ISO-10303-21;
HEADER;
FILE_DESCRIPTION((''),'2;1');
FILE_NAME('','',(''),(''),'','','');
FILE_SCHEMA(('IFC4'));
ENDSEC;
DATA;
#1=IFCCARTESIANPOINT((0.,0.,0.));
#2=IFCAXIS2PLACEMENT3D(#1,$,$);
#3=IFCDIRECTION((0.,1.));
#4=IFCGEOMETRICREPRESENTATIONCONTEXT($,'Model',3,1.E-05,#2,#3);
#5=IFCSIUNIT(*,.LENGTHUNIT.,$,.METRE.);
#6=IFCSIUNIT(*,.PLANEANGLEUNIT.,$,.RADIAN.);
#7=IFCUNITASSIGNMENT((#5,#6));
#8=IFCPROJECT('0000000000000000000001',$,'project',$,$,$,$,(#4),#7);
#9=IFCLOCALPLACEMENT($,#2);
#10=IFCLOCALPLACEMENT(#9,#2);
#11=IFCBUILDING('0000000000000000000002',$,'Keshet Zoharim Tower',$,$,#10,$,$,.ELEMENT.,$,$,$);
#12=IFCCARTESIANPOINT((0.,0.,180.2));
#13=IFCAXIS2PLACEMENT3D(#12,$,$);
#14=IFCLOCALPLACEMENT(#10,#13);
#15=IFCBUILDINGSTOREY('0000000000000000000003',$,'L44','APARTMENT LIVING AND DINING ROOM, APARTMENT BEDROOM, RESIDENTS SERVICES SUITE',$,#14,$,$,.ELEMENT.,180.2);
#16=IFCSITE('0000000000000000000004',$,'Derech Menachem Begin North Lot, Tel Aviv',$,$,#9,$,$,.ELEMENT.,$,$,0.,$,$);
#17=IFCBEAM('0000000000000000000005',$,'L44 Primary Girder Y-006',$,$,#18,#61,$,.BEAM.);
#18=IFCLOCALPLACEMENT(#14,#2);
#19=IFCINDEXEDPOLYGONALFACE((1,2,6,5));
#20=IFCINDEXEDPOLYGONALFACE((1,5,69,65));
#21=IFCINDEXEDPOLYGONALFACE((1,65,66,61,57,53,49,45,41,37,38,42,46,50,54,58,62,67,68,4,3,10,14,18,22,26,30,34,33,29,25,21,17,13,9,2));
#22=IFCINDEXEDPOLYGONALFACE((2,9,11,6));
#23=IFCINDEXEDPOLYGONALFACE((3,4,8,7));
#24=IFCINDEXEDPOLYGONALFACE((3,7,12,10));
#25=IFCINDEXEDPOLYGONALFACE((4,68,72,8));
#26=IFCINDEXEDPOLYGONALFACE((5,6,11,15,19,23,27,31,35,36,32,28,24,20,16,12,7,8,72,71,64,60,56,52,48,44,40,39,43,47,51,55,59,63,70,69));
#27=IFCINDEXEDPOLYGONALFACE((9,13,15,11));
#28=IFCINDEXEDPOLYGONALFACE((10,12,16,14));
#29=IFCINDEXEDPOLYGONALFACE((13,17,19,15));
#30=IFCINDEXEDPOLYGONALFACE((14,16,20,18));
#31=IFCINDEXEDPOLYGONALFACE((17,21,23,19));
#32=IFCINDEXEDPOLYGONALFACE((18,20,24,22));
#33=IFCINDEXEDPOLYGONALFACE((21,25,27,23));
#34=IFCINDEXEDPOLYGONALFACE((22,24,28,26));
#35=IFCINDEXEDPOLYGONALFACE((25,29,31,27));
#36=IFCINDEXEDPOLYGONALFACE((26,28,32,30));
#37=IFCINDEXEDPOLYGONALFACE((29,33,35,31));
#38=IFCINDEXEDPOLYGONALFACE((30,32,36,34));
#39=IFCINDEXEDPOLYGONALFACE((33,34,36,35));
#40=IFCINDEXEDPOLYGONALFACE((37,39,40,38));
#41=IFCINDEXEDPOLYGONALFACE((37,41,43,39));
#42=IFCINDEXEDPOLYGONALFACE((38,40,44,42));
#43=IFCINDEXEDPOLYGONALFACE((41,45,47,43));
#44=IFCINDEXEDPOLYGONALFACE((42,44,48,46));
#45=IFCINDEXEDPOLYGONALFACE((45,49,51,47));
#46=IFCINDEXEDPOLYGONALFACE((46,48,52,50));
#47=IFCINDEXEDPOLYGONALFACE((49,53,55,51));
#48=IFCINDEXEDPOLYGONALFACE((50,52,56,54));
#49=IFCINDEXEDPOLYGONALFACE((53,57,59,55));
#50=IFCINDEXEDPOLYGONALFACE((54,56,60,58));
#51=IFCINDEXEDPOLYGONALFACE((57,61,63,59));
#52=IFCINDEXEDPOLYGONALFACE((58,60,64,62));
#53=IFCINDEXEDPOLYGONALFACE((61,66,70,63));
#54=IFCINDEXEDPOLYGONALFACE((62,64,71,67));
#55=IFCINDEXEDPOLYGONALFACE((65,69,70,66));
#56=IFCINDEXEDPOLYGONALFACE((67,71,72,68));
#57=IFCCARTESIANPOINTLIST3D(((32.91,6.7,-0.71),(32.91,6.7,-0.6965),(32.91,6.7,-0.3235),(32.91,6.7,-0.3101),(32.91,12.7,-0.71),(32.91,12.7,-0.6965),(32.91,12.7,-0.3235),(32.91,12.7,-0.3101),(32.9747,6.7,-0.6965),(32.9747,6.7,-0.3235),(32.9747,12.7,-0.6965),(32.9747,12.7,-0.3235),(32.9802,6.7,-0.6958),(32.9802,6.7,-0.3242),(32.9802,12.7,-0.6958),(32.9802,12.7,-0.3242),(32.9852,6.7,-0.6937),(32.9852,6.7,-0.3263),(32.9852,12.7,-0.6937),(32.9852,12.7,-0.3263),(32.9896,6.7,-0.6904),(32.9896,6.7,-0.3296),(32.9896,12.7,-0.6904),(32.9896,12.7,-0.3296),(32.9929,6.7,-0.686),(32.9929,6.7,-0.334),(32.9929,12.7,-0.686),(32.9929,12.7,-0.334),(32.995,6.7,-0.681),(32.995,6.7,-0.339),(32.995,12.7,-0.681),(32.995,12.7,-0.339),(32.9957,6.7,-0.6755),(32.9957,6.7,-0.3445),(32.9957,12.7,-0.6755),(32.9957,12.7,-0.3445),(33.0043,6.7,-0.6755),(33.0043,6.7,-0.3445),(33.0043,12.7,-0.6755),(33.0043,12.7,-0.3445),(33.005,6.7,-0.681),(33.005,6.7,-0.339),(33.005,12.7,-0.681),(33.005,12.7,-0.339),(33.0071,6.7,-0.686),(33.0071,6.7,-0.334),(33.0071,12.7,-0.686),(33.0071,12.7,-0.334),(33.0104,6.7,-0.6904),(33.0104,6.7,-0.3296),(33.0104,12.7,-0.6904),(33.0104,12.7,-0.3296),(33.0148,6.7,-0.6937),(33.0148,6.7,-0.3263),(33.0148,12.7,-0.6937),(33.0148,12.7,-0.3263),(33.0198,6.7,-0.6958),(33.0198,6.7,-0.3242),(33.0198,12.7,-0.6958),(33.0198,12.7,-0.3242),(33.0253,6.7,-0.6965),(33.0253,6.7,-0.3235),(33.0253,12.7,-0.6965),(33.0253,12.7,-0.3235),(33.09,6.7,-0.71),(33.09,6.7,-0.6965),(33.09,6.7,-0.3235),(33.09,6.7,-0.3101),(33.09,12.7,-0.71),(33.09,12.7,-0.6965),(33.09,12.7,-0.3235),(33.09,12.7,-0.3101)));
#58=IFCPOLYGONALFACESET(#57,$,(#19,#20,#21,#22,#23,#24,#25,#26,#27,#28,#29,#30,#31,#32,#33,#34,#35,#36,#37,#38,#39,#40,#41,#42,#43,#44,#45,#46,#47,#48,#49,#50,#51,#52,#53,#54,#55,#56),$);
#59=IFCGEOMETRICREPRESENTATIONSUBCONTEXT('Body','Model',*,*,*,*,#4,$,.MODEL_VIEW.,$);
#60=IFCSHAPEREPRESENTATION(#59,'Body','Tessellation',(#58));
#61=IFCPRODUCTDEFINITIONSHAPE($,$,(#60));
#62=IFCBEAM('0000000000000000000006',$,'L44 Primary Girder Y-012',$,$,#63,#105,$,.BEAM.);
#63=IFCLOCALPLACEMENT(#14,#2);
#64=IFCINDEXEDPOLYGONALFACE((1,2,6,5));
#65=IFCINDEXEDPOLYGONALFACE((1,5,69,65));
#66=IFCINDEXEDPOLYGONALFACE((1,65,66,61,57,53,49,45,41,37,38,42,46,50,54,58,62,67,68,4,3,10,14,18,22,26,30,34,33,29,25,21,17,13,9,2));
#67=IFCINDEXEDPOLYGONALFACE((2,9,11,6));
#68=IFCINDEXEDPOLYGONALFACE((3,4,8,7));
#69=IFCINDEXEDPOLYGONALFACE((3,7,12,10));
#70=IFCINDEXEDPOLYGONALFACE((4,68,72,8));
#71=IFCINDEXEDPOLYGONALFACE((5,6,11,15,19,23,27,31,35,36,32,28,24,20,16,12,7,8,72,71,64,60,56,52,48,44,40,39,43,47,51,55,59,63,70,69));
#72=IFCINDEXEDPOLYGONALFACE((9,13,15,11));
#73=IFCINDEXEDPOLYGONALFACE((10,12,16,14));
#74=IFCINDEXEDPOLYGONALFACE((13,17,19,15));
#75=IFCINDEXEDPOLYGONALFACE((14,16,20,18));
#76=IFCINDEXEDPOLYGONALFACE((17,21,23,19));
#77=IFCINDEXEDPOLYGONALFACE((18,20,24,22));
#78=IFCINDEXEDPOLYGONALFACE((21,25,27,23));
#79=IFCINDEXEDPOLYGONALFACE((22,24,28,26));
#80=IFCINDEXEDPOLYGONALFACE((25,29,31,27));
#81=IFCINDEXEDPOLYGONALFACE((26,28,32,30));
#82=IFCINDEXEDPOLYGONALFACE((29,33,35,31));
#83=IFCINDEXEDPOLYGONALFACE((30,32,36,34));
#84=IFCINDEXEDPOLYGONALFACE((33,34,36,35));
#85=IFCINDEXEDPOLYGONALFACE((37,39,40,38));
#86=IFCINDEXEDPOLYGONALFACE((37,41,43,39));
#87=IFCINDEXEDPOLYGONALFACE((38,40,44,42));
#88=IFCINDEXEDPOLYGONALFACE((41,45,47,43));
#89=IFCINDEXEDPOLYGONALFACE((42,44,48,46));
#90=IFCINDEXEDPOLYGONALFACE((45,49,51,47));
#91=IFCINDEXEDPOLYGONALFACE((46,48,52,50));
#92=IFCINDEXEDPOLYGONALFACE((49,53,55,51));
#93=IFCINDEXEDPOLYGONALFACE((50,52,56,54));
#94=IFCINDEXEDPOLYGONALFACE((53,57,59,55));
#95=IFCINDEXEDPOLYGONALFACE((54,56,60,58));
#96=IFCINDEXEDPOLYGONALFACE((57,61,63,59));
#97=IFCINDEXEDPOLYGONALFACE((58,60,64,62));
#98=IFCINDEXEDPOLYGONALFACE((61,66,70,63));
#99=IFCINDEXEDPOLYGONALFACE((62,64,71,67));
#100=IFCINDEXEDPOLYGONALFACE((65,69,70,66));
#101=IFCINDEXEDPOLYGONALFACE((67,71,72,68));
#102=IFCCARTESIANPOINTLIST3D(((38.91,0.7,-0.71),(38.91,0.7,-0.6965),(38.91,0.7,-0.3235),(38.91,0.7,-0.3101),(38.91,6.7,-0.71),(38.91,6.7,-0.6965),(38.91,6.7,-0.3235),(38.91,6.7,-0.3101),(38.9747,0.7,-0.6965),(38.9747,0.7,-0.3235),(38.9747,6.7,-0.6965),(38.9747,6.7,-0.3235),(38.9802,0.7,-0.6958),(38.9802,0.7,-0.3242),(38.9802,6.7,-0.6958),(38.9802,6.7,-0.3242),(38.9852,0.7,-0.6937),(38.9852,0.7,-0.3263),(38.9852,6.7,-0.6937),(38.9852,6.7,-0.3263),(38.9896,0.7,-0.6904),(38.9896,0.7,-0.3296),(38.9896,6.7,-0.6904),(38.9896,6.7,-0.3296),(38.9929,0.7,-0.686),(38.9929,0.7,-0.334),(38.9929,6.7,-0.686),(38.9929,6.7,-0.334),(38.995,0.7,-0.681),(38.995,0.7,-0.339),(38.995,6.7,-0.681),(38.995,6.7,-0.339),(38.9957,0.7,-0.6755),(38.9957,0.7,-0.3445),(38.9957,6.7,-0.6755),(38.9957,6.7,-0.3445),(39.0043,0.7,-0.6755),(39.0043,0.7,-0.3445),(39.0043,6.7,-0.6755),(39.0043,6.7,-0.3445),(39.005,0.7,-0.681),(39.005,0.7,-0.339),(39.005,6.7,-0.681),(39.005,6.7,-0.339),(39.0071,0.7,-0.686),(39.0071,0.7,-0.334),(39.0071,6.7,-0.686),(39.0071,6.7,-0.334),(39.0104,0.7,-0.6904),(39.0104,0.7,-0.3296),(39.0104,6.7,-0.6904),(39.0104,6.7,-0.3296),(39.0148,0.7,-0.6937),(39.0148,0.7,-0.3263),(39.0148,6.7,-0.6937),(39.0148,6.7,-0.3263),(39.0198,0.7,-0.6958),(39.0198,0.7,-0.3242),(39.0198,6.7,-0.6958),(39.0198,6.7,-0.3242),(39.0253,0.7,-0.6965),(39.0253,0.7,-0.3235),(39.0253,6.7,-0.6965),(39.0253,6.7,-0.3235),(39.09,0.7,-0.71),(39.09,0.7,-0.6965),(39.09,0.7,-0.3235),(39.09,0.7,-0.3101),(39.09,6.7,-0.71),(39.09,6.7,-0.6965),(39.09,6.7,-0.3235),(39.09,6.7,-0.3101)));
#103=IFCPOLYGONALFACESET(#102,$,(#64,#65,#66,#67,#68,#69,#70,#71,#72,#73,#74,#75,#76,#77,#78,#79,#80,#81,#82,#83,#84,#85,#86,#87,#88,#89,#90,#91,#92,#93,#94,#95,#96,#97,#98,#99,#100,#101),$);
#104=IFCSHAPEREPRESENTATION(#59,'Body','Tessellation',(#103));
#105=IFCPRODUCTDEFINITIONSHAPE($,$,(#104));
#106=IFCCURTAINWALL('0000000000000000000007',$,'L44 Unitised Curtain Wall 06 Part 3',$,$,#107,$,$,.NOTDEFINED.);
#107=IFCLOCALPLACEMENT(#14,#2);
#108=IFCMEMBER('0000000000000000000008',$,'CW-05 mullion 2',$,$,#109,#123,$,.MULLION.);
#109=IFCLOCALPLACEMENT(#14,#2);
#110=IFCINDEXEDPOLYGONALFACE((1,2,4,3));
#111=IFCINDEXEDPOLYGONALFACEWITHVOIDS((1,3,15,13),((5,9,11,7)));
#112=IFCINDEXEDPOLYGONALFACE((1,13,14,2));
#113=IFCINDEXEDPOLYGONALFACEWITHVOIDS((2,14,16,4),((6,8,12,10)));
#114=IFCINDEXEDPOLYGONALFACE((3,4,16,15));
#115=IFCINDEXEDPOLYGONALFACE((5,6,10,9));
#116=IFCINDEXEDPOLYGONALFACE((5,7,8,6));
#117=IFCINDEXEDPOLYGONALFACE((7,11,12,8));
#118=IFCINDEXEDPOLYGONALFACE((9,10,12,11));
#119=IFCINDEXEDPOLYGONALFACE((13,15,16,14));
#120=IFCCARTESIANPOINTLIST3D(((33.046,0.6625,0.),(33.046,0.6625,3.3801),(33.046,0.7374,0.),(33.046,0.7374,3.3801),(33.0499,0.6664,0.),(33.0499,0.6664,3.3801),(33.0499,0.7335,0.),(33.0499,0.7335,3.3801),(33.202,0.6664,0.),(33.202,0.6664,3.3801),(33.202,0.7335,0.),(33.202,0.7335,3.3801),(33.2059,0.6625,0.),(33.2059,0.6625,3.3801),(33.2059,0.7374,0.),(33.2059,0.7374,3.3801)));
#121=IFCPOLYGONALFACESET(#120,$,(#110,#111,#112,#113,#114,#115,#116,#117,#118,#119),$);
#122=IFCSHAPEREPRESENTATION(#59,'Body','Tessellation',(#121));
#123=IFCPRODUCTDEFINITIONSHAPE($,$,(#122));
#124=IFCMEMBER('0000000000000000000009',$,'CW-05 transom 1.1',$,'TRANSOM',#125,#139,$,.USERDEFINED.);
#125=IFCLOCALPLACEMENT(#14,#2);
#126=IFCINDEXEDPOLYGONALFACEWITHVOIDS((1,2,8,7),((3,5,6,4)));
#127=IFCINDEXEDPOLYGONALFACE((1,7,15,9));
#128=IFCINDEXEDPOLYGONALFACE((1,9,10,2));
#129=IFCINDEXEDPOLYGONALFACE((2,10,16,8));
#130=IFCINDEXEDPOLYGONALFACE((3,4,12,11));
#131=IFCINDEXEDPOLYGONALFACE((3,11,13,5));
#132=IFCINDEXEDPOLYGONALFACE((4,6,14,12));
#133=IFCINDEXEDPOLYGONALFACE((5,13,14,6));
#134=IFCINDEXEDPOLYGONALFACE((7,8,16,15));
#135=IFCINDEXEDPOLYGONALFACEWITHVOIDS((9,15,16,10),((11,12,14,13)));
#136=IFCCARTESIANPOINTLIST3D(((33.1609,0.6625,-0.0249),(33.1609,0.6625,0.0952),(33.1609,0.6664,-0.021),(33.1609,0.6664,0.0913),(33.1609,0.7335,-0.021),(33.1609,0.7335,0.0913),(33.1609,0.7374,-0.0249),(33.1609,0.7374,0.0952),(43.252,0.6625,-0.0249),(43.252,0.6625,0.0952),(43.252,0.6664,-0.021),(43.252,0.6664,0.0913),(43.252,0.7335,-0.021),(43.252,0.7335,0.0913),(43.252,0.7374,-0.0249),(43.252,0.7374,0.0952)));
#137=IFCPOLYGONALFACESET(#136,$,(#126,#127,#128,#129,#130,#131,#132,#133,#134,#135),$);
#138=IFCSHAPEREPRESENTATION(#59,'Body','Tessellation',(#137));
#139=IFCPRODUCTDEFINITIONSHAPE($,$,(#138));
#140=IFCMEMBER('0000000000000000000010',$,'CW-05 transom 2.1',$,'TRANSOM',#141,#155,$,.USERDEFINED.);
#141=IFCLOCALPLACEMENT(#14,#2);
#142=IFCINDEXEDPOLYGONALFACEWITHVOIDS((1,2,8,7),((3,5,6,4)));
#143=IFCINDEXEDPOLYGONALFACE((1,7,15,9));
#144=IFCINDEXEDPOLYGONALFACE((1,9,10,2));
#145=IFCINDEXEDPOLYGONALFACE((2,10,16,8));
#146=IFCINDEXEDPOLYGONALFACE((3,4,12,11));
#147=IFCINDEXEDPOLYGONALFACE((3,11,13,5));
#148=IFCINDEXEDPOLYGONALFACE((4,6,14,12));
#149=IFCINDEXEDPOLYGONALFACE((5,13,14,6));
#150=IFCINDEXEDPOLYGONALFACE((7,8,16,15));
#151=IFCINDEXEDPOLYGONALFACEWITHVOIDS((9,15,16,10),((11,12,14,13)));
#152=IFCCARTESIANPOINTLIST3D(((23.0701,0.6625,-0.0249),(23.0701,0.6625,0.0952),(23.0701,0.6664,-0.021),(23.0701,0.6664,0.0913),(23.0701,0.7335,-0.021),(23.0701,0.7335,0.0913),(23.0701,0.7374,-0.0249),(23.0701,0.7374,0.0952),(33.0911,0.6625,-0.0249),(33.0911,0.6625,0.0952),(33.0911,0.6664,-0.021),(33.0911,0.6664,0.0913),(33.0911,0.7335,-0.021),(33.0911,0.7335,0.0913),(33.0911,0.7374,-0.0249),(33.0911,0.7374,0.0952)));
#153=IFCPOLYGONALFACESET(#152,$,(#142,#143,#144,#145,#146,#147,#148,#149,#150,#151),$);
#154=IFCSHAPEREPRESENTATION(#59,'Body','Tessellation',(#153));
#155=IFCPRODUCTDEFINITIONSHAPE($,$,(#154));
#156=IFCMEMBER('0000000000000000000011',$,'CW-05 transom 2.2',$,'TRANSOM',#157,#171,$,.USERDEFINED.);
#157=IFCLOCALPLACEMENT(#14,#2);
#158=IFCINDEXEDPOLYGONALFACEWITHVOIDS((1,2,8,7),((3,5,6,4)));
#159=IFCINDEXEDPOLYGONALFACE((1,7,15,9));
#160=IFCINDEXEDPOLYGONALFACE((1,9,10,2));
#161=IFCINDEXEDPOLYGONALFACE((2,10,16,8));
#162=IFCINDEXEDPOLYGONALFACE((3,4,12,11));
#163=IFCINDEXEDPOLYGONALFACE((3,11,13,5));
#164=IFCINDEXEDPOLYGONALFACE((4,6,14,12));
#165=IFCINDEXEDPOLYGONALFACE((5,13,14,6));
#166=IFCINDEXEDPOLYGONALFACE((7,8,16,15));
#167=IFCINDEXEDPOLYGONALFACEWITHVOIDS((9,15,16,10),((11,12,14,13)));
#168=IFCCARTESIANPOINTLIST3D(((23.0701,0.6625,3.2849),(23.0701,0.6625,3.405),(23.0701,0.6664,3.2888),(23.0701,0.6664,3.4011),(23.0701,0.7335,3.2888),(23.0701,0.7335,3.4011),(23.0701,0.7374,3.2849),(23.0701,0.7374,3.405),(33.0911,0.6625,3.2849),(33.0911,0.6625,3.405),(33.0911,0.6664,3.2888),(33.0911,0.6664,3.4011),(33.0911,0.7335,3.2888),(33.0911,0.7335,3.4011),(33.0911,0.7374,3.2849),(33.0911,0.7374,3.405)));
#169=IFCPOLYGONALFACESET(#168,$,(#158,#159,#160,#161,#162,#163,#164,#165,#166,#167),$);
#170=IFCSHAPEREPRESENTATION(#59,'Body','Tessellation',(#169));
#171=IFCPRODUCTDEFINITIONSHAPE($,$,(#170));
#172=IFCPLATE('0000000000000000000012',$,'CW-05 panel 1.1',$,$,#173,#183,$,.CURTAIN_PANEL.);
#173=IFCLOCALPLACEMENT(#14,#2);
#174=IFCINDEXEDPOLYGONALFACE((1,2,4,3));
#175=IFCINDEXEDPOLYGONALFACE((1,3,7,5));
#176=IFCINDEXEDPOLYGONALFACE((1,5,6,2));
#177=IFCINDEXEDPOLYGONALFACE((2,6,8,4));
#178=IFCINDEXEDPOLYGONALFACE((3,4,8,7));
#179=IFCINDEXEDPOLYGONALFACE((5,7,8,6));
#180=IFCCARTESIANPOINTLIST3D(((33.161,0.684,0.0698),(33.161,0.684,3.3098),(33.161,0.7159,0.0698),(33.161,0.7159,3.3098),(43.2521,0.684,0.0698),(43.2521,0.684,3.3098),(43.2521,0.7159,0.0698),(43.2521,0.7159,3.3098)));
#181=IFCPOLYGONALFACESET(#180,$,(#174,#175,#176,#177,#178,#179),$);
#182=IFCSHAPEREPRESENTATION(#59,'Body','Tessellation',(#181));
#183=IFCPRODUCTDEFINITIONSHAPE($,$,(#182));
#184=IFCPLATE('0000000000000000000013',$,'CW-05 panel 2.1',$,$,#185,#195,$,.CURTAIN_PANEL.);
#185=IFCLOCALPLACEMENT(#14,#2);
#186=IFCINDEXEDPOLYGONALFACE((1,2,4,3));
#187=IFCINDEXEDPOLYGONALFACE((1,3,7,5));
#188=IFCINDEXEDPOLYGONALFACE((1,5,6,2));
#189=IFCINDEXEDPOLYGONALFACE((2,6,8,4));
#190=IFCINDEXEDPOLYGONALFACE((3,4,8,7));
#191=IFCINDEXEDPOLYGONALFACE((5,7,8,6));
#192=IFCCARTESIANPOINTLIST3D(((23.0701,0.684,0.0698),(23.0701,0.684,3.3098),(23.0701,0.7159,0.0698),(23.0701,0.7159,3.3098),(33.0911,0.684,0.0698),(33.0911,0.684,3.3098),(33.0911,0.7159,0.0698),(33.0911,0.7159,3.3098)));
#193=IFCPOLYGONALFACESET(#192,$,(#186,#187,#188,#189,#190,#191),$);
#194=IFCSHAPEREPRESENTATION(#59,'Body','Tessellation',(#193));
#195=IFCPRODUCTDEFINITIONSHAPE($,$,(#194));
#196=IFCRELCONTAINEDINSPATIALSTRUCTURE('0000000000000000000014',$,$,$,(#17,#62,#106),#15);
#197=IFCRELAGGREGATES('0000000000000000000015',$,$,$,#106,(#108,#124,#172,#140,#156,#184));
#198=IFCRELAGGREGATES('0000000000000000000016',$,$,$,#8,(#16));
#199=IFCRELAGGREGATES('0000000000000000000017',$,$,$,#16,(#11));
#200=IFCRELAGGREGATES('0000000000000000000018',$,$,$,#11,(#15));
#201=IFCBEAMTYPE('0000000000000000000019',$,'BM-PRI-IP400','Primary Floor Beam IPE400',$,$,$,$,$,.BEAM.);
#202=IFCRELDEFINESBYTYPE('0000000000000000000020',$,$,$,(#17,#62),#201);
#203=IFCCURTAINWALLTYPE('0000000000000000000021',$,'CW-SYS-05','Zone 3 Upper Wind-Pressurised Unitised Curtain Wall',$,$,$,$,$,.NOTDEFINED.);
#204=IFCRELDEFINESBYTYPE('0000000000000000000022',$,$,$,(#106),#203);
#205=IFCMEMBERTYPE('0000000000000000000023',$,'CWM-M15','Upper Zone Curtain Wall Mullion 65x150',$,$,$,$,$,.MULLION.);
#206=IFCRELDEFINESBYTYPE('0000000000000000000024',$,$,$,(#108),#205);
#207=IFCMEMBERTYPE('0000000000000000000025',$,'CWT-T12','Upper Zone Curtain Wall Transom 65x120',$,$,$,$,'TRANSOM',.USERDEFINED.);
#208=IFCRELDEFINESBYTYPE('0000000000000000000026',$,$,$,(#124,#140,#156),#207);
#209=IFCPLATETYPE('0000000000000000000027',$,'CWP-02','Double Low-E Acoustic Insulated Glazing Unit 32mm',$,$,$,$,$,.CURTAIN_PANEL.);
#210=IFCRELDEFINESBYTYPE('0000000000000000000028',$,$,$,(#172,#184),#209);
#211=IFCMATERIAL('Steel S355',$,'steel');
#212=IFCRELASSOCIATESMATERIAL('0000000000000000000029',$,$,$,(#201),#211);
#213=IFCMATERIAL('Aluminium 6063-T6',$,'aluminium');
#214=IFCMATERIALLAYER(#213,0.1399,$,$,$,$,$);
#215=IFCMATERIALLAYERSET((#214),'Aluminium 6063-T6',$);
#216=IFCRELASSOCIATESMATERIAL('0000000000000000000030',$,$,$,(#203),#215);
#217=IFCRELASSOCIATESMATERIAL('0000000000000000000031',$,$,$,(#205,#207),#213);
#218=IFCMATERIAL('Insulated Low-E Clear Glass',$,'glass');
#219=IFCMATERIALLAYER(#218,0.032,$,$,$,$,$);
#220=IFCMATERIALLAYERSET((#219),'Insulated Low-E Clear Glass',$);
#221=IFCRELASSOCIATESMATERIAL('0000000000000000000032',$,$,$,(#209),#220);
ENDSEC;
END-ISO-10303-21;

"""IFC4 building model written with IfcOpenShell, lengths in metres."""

from ifc_helpers import new_model, si_unit, direction, frame, origin, origin_2d, place, context, subcontext, project, spatial, rectangle, hollow_rectangle, i_section, extrude, material, layer, layer_set, material_profile, profile_set, type_object, element, aggregate, save


model = new_model("IFC4")

# Units and contexts
model_context = context("Model", 3, precision=1e-05, world=origin(), true_north=direction((0.0, 1.0)))
body_context = subcontext(model_context, "Body", "Model", "MODEL_VIEW")
ifc_project = project(units=[si_unit("LENGTHUNIT", "METRE"), si_unit("PLANEANGLEUNIT", "RADIAN")], contexts=[model_context])

# Site, building, storey
site_placement = place(None, origin())
site = spatial("IfcSite", under=ifc_project, at=site_placement, Name="Derech Menachem Begin North Lot, Tel Aviv", CompositionType="ELEMENT", RefElevation=0.0)
building_placement = place(site_placement, origin())
building = spatial("IfcBuilding", under=site, at=building_placement, Name="Keshet Zoharim Tower", CompositionType="ELEMENT")
storey_placement = place(building_placement, frame((0.0, 0.0, 180.2)))
storey = spatial("IfcBuildingStorey", under=building, at=storey_placement, Name="L44", Description="APARTMENT LIVING AND DINING ROOM, APARTMENT BEDROOM, RESIDENTS SERVICES SUITE", CompositionType="ELEMENT", Elevation=180.2)

# Shared definitions
ifc_material_1 = material(Name="Steel S355", Category="steel")

# Beams
ifc_material_profile_1 = material_profile(ifc_material_1, i_section(OverallWidth=0.1799, OverallDepth=0.3999, WebThickness=0.0085, FlangeThickness=0.0134, FilletRadius=0.021, at=origin_2d()), Name="IPE400")
ifc_profile_set_1 = profile_set([ifc_material_profile_1], Name="Steel S355")
beam_type_1 = type_object("IfcBeamType", Name="BM-PRI-IP400", Description="Primary Floor Beam IPE400", PredefinedType="BEAM", material=ifc_profile_set_1)
for number, where, z_axis, x_axis, name in (
    (1, (33.0, 6.7, -0.51), (0.0, 1.0, 0.0), (-1.0, 0.0, 0.0), "L44 Primary Girder Y-006"),
    (2, (39.0, 0.7, -0.51), (0.0, 1.0, 0.0), (-1.0, 0.0, 0.0), "L44 Primary Girder Y-012"),
):
    element("IfcBeam", number, at=place(storey_placement, frame(where, z_axis=z_axis, x_axis=x_axis)), inside=storey, type_object=beam_type_1, Name=name, PredefinedType="BEAM", context=body_context, shape_type="SweptSolid", body=[
        extrude(i_section(OverallWidth=0.1799, OverallDepth=0.3999, WebThickness=0.0085, FlangeThickness=0.0134, FilletRadius=0.021, at=origin_2d()), origin(), (0.0, 0.0, 1.0), 6.0),
    ])

# Curtain wall, members, plates
ifc_material_2 = material(Name="Aluminium 6063-T6", Category="aluminium")
ifc_layer_1 = layer(ifc_material_2, 0.1399)
ifc_layer_set_1 = layer_set([ifc_layer_1], Name="Aluminium 6063-T6")
curtain_wall_type = type_object("IfcCurtainWallType", Name="CW-SYS-05", Description="Zone 3 Upper Wind-Pressurised Unitised Curtain Wall", PredefinedType="NOTDEFINED", material=ifc_layer_set_1)
curtain_wall_placement = place(storey_placement, origin())
curtain_wall = element("IfcCurtainWall", 3, at=curtain_wall_placement, inside=storey, type_object=curtain_wall_type, Name="L44 Unitised Curtain Wall 06 Part 3", PredefinedType="NOTDEFINED")
ifc_material_profile_2 = material_profile(ifc_material_2, hollow_rectangle(XDim=0.075, YDim=0.1599, WallThickness=0.0039, at=origin_2d()), Name="MUL-75x160")
ifc_profile_set_2 = profile_set([ifc_material_profile_2], Name="Aluminium 6063-T6")
member_type_1 = type_object("IfcMemberType", Name="CWM-M15", Description="Upper Zone Curtain Wall Mullion 65x150", PredefinedType="MULLION", material=ifc_profile_set_2)
member_1_placement = place(storey_placement, frame((33.126, 0.7, 0.0), z_axis=(0.0, 0.0, 1.0), x_axis=(0.0, -1.0, 0.0)))
member_1 = element("IfcMember", 4, at=member_1_placement, type_object=member_type_1, Name="CW-05 mullion 2", PredefinedType="MULLION", context=body_context, shape_type="SweptSolid", body=[
    extrude(hollow_rectangle(XDim=0.075, YDim=0.1599, WallThickness=0.0039, at=origin_2d()), origin(), (0.0, 0.0, 1.0), 3.3801),
])
ifc_material_profile_3 = material_profile(ifc_material_2, hollow_rectangle(XDim=0.075, YDim=0.1201, WallThickness=0.0039, at=origin_2d()), Name="TRN-75x120")
ifc_profile_set_3 = profile_set([ifc_material_profile_3], Name="Aluminium 6063-T6")
member_type_2 = type_object("IfcMemberType", Name="CWT-T12", Description="Upper Zone Curtain Wall Transom 65x120", ElementType="TRANSOM", PredefinedType="USERDEFINED", material=ifc_profile_set_3)
member_2_placement = place(storey_placement, frame((43.252, 0.7, 0.0352), z_axis=(-1.0, 0.0, 0.0), x_axis=(0.0, -1.0, 0.0)))
member_2 = element("IfcMember", 5, at=member_2_placement, type_object=member_type_2, Name="CW-05 transom 1.1", ObjectType="TRANSOM", PredefinedType="USERDEFINED", context=body_context, shape_type="SweptSolid", body=[
    extrude(hollow_rectangle(XDim=0.075, YDim=0.1201, WallThickness=0.0039, at=origin_2d()), origin(), (0.0, 0.0, 1.0), 10.0911),
])
member_3_placement = place(storey_placement, frame((33.0911, 0.7, 0.0352), z_axis=(-1.0, 0.0, 0.0), x_axis=(0.0, -1.0, 0.0)))
member_3 = element("IfcMember", 6, at=member_3_placement, type_object=member_type_2, Name="CW-05 transom 2.1", ObjectType="TRANSOM", PredefinedType="USERDEFINED", context=body_context, shape_type="SweptSolid", body=[
    extrude(hollow_rectangle(XDim=0.075, YDim=0.1201, WallThickness=0.0039, at=origin_2d()), origin(), (0.0, 0.0, 1.0), 10.021),
])
member_4_placement = place(storey_placement, frame((33.0911, 0.7, 3.345), z_axis=(-1.0, 0.0, 0.0), x_axis=(0.0, -1.0, 0.0)))
member_4 = element("IfcMember", 7, at=member_4_placement, type_object=member_type_2, Name="CW-05 transom 2.2", ObjectType="TRANSOM", PredefinedType="USERDEFINED", context=body_context, shape_type="SweptSolid", body=[
    extrude(hollow_rectangle(XDim=0.075, YDim=0.1201, WallThickness=0.0039, at=origin_2d()), origin(), (0.0, 0.0, 1.0), 10.021),
])
ifc_material_3 = material(Name="Insulated Low-E Clear Glass", Category="glass")
ifc_layer_2 = layer(ifc_material_3, 0.032)
ifc_layer_set_2 = layer_set([ifc_layer_2], Name="Insulated Low-E Clear Glass")
plate_type = type_object("IfcPlateType", Name="CWP-02", Description="Double Low-E Acoustic Insulated Glazing Unit 32mm", PredefinedType="CURTAIN_PANEL", material=ifc_layer_set_2)
plate_1_placement = place(storey_placement, frame((38.2065, 0.7, 0.0698), z_axis=(0.0, 0.0, 1.0), x_axis=(-1.0, 0.0, 0.0)))
plate_1 = element("IfcPlate", 8, at=plate_1_placement, type_object=plate_type, Name="CW-05 panel 1.1", PredefinedType="CURTAIN_PANEL", context=body_context, shape_type="SweptSolid", body=[
    extrude(rectangle(XDim=10.0911, YDim=0.032, at=origin_2d()), origin(), (0.0, 0.0, 1.0), 3.24),
])
plate_2_placement = place(storey_placement, frame((28.0806, 0.7, 0.0698), z_axis=(0.0, 0.0, 1.0), x_axis=(-1.0, 0.0, 0.0)))
plate_2 = element("IfcPlate", 9, at=plate_2_placement, type_object=plate_type, Name="CW-05 panel 2.1", PredefinedType="CURTAIN_PANEL", context=body_context, shape_type="SweptSolid", body=[
    extrude(rectangle(XDim=10.021, YDim=0.032, at=origin_2d()), origin(), (0.0, 0.0, 1.0), 3.24),
])
aggregate(curtain_wall, [member_1, member_2, plate_1, member_3, member_4, plate_2])

save(model, "model.ifc")
